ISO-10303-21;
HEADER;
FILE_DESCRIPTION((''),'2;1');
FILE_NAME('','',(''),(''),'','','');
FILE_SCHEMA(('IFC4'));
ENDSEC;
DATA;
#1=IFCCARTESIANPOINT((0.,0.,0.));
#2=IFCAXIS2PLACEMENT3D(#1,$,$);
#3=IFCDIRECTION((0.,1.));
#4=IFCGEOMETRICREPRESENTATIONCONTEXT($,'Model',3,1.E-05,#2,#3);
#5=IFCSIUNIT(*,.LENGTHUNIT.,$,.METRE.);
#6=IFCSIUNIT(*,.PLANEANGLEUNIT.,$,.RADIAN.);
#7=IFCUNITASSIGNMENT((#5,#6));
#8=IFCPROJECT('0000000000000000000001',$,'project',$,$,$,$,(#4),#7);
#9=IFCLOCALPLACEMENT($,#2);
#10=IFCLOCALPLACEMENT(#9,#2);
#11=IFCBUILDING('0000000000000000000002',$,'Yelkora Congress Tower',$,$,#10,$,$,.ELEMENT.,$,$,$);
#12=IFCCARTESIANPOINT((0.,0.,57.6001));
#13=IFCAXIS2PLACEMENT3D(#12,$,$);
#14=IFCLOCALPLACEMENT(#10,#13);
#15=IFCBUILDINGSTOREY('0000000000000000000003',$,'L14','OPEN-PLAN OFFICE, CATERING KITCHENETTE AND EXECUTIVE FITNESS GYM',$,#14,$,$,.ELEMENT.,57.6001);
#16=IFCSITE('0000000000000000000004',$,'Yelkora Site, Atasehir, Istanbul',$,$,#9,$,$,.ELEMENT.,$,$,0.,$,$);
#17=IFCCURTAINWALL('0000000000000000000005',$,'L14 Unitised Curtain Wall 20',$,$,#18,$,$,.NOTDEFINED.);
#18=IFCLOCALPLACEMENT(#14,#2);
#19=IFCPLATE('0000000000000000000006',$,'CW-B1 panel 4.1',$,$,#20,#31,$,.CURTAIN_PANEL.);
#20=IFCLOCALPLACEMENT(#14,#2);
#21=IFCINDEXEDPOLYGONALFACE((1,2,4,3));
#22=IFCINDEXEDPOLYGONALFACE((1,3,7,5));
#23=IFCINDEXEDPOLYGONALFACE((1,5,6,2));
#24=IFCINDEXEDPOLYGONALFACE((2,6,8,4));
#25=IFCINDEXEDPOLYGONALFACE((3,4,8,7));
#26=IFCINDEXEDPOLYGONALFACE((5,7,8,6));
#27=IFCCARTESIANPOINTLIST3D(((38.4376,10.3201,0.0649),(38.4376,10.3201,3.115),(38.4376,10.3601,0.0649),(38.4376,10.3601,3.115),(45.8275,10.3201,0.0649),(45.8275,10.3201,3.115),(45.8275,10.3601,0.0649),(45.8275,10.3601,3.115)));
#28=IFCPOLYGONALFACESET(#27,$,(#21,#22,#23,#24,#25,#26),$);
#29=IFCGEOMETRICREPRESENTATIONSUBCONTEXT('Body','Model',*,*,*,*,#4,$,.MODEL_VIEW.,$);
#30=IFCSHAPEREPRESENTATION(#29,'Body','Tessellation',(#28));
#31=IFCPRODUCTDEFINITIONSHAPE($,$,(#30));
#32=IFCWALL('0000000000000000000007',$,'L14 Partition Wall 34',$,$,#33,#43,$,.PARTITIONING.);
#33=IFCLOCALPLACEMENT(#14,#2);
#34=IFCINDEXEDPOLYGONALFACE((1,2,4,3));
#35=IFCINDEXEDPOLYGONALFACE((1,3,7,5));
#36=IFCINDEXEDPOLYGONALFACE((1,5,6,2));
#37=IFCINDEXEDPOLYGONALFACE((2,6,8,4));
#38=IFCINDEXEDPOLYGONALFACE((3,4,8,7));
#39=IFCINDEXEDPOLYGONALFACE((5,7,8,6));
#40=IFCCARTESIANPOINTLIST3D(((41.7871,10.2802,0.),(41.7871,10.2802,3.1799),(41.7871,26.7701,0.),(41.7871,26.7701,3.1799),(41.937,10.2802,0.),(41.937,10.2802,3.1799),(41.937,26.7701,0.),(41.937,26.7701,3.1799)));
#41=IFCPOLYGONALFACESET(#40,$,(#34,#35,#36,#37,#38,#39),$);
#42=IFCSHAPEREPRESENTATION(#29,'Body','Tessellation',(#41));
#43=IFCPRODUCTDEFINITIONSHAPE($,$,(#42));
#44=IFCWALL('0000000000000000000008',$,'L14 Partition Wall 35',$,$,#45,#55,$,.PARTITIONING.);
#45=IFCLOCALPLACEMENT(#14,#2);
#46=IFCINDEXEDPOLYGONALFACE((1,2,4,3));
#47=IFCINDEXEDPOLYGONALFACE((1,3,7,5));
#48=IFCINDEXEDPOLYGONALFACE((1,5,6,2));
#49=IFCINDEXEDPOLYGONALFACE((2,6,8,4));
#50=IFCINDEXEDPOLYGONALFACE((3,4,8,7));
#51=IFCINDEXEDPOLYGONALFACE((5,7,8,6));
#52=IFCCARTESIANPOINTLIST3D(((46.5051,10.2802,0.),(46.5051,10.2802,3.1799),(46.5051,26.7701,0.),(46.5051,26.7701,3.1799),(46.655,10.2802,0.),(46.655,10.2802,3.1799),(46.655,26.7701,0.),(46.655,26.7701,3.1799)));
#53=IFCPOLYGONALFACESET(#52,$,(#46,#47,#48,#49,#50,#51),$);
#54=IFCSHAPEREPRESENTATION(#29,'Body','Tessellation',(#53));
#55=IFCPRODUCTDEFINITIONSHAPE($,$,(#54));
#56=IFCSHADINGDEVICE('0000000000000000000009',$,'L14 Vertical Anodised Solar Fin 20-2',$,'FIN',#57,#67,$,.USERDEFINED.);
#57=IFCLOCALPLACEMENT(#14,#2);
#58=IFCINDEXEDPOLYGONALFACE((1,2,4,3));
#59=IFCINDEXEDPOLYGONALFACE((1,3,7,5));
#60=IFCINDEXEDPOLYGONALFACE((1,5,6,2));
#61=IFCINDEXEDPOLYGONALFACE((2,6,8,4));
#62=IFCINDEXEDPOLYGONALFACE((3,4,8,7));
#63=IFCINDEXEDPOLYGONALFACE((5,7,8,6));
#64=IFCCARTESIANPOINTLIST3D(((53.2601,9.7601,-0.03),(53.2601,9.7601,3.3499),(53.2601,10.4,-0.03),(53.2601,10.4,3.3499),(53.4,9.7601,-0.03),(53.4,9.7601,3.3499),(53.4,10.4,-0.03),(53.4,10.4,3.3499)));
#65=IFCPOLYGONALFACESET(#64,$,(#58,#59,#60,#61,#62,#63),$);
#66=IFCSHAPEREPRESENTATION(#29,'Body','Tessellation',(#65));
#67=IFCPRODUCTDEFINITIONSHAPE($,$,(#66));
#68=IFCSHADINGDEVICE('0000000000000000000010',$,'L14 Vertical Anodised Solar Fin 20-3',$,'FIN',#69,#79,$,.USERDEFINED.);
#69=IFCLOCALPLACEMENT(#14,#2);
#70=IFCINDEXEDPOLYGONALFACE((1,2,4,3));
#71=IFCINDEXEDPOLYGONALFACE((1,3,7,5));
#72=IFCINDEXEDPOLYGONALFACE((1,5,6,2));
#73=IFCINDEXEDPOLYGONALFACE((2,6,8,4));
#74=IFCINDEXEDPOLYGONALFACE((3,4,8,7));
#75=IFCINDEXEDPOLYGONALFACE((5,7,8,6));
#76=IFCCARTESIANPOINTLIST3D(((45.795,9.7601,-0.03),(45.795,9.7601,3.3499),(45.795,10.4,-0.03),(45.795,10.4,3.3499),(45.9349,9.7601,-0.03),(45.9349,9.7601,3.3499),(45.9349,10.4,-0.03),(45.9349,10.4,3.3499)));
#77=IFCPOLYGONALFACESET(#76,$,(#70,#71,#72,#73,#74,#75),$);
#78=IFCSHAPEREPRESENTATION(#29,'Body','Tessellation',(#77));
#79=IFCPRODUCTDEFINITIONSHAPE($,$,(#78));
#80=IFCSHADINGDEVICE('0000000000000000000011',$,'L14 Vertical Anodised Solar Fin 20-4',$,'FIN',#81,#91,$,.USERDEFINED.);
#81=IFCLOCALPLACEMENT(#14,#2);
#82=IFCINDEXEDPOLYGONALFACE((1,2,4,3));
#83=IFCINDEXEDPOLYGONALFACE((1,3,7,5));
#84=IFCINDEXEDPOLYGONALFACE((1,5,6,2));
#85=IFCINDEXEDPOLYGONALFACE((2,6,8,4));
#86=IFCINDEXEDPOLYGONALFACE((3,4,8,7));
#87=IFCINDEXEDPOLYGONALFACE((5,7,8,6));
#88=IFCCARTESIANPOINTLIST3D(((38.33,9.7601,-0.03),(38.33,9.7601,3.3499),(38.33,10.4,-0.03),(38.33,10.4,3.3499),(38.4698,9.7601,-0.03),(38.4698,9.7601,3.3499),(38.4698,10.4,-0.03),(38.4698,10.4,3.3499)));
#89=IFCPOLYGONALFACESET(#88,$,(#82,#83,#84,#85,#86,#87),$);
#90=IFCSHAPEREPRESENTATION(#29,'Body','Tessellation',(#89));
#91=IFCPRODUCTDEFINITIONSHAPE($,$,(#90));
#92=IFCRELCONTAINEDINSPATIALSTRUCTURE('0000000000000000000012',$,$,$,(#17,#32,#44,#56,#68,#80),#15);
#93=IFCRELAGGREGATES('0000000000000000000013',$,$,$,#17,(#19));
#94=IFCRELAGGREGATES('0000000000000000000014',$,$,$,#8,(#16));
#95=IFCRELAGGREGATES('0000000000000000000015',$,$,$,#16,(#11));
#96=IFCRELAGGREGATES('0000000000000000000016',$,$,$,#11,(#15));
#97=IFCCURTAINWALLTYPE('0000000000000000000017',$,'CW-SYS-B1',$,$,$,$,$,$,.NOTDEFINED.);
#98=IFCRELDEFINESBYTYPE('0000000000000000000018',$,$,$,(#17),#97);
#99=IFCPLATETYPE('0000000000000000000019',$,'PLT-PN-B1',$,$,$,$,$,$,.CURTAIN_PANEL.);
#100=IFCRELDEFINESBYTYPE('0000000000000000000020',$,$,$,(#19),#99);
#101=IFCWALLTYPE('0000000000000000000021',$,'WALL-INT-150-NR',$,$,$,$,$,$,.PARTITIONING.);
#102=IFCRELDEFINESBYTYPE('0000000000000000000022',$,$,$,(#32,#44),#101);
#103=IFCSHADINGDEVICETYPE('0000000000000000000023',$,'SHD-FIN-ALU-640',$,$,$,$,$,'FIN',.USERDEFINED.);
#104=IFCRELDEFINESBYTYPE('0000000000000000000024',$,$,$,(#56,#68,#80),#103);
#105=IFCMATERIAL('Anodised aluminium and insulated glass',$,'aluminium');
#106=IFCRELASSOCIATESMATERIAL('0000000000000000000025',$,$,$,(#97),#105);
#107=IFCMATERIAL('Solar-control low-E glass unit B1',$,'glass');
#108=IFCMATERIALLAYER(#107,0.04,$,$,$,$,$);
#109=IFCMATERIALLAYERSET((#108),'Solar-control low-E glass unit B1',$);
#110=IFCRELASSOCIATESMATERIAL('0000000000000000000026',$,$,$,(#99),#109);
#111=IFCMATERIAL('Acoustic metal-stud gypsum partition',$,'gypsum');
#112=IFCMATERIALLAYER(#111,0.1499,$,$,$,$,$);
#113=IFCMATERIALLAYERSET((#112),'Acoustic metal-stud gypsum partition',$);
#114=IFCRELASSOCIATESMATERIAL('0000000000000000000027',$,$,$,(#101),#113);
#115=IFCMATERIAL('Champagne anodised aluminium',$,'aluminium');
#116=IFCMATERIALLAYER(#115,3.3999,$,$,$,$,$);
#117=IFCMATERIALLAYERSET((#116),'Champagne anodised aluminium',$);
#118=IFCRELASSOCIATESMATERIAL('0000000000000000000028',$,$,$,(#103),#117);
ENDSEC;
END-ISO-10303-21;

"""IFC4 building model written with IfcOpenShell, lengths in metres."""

from ifc_helpers import new_model, si_unit, direction, frame, frame_2d, origin, origin_2d, place, context, subcontext, project, spatial, rectangle, extrude, material, layer, layer_set, type_object, element, aggregate, save


model = new_model("IFC4")

# Units and contexts
model_context = context("Model", 3, precision=1e-05, world=origin(), true_north=direction((0.0, 1.0)))
body_context = subcontext(model_context, "Body", "Model", "MODEL_VIEW")
ifc_project = project(units=[si_unit("LENGTHUNIT", "METRE"), si_unit("PLANEANGLEUNIT", "RADIAN")], contexts=[model_context])

# Site, building, storey
site_placement = place(None, origin())
site = spatial("IfcSite", under=ifc_project, at=site_placement, Name="Yelkora Site, Atasehir, Istanbul", CompositionType="ELEMENT", RefElevation=0.0)
building_placement = place(site_placement, origin())
building = spatial("IfcBuilding", under=site, at=building_placement, Name="Yelkora Congress Tower", CompositionType="ELEMENT")
storey_placement = place(building_placement, frame((0.0, 0.0, 57.6001)))
storey = spatial("IfcBuildingStorey", under=building, at=storey_placement, Name="L14", Description="OPEN-PLAN OFFICE, CATERING KITCHENETTE AND EXECUTIVE FITNESS GYM", CompositionType="ELEMENT", Elevation=57.6001)

# Curtain wall, plate
ifc_material_1 = material(Name="Anodised aluminium and insulated glass", Category="aluminium")
curtain_wall_type = type_object("IfcCurtainWallType", Name="CW-SYS-B1", PredefinedType="NOTDEFINED", material=ifc_material_1)
curtain_wall_placement = place(storey_placement, origin())
curtain_wall = element("IfcCurtainWall", 1, at=curtain_wall_placement, inside=storey, type_object=curtain_wall_type, Name="L14 Unitised Curtain Wall 20", PredefinedType="NOTDEFINED")
ifc_material_2 = material(Name="Solar-control low-E glass unit B1", Category="glass")
ifc_layer_1 = layer(ifc_material_2, 0.04)
ifc_layer_set_1 = layer_set([ifc_layer_1], Name="Solar-control low-E glass unit B1")
plate_type = type_object("IfcPlateType", Name="PLT-PN-B1", PredefinedType="CURTAIN_PANEL", material=ifc_layer_set_1)
plate_1_placement = place(storey_placement, frame((42.1326, 10.3401, 0.0649), z_axis=(0.0, 0.0, 1.0), x_axis=(-1.0, 0.0, 0.0)))
plate_1 = element("IfcPlate", 2, at=plate_1_placement, type_object=plate_type, Name="CW-B1 panel 4.1", PredefinedType="CURTAIN_PANEL", context=body_context, shape_type="SweptSolid", body=[
    extrude(rectangle(XDim=7.3899, YDim=0.04, at=origin_2d()), origin(), (0.0, 0.0, 1.0), 3.05),
])
aggregate(curtain_wall, [plate_1])

# Walls
ifc_material_3 = material(Name="Acoustic metal-stud gypsum partition", Category="gypsum")
ifc_layer_2 = layer(ifc_material_3, 0.1499)
ifc_layer_set_2 = layer_set([ifc_layer_2], Name="Acoustic metal-stud gypsum partition")
wall_type = type_object("IfcWallType", Name="WALL-INT-150-NR", PredefinedType="PARTITIONING", material=ifc_layer_set_2)
for number, where, z_axis, x_axis, name in (
    (3, (41.8621, 10.28, 0.0), (0.0, 0.0, 1.0), (0.0, 1.0, 0.0), "L14 Partition Wall 34"),
    (4, (46.5801, 10.28, 0.0), (0.0, 0.0, 1.0), (0.0, 1.0, 0.0), "L14 Partition Wall 35"),
):
    element("IfcWall", number, at=place(storey_placement, frame(where, z_axis=z_axis, x_axis=x_axis)), inside=storey, type_object=wall_type, Name=name, PredefinedType="PARTITIONING", context=body_context, shape_type="SweptSolid", body=[
        extrude(rectangle(XDim=16.49, YDim=0.1499, at=frame_2d((8.2451, 0.0))), origin(), (0.0, 0.0, 1.0), 3.1799),
    ])

# Shading devices
ifc_material_4 = material(Name="Champagne anodised aluminium", Category="aluminium")
ifc_layer_3 = layer(ifc_material_4, 3.3999)
ifc_layer_set_3 = layer_set([ifc_layer_3], Name="Champagne anodised aluminium")
shading_device_type = type_object("IfcShadingDeviceType", Name="SHD-FIN-ALU-640", ElementType="FIN", PredefinedType="USERDEFINED", material=ifc_layer_set_3)
for number, where, z_axis, x_axis, name in (
    (5, (53.3301, 10.0801, -0.03), (0.0, 0.0, 1.0), (-1.0, 0.0, 0.0), "L14 Vertical Anodised Solar Fin 20-2"),
    (6, (45.865, 10.0801, -0.03), (0.0, 0.0, 1.0), (-1.0, 0.0, 0.0), "L14 Vertical Anodised Solar Fin 20-3"),
    (7, (38.3999, 10.0801, -0.03), (0.0, 0.0, 1.0), (-1.0, 0.0, 0.0), "L14 Vertical Anodised Solar Fin 20-4"),
):
    element("IfcShadingDevice", number, at=place(storey_placement, frame(where, z_axis=z_axis, x_axis=x_axis)), inside=storey, type_object=shading_device_type, Name=name, ObjectType="FIN", PredefinedType="USERDEFINED", context=body_context, shape_type="SweptSolid", body=[
        extrude(rectangle(XDim=0.1399, YDim=0.6399, at=origin_2d()), origin(), (0.0, 0.0, 1.0), 3.3799),
    ])

save(model, "model.ifc")
